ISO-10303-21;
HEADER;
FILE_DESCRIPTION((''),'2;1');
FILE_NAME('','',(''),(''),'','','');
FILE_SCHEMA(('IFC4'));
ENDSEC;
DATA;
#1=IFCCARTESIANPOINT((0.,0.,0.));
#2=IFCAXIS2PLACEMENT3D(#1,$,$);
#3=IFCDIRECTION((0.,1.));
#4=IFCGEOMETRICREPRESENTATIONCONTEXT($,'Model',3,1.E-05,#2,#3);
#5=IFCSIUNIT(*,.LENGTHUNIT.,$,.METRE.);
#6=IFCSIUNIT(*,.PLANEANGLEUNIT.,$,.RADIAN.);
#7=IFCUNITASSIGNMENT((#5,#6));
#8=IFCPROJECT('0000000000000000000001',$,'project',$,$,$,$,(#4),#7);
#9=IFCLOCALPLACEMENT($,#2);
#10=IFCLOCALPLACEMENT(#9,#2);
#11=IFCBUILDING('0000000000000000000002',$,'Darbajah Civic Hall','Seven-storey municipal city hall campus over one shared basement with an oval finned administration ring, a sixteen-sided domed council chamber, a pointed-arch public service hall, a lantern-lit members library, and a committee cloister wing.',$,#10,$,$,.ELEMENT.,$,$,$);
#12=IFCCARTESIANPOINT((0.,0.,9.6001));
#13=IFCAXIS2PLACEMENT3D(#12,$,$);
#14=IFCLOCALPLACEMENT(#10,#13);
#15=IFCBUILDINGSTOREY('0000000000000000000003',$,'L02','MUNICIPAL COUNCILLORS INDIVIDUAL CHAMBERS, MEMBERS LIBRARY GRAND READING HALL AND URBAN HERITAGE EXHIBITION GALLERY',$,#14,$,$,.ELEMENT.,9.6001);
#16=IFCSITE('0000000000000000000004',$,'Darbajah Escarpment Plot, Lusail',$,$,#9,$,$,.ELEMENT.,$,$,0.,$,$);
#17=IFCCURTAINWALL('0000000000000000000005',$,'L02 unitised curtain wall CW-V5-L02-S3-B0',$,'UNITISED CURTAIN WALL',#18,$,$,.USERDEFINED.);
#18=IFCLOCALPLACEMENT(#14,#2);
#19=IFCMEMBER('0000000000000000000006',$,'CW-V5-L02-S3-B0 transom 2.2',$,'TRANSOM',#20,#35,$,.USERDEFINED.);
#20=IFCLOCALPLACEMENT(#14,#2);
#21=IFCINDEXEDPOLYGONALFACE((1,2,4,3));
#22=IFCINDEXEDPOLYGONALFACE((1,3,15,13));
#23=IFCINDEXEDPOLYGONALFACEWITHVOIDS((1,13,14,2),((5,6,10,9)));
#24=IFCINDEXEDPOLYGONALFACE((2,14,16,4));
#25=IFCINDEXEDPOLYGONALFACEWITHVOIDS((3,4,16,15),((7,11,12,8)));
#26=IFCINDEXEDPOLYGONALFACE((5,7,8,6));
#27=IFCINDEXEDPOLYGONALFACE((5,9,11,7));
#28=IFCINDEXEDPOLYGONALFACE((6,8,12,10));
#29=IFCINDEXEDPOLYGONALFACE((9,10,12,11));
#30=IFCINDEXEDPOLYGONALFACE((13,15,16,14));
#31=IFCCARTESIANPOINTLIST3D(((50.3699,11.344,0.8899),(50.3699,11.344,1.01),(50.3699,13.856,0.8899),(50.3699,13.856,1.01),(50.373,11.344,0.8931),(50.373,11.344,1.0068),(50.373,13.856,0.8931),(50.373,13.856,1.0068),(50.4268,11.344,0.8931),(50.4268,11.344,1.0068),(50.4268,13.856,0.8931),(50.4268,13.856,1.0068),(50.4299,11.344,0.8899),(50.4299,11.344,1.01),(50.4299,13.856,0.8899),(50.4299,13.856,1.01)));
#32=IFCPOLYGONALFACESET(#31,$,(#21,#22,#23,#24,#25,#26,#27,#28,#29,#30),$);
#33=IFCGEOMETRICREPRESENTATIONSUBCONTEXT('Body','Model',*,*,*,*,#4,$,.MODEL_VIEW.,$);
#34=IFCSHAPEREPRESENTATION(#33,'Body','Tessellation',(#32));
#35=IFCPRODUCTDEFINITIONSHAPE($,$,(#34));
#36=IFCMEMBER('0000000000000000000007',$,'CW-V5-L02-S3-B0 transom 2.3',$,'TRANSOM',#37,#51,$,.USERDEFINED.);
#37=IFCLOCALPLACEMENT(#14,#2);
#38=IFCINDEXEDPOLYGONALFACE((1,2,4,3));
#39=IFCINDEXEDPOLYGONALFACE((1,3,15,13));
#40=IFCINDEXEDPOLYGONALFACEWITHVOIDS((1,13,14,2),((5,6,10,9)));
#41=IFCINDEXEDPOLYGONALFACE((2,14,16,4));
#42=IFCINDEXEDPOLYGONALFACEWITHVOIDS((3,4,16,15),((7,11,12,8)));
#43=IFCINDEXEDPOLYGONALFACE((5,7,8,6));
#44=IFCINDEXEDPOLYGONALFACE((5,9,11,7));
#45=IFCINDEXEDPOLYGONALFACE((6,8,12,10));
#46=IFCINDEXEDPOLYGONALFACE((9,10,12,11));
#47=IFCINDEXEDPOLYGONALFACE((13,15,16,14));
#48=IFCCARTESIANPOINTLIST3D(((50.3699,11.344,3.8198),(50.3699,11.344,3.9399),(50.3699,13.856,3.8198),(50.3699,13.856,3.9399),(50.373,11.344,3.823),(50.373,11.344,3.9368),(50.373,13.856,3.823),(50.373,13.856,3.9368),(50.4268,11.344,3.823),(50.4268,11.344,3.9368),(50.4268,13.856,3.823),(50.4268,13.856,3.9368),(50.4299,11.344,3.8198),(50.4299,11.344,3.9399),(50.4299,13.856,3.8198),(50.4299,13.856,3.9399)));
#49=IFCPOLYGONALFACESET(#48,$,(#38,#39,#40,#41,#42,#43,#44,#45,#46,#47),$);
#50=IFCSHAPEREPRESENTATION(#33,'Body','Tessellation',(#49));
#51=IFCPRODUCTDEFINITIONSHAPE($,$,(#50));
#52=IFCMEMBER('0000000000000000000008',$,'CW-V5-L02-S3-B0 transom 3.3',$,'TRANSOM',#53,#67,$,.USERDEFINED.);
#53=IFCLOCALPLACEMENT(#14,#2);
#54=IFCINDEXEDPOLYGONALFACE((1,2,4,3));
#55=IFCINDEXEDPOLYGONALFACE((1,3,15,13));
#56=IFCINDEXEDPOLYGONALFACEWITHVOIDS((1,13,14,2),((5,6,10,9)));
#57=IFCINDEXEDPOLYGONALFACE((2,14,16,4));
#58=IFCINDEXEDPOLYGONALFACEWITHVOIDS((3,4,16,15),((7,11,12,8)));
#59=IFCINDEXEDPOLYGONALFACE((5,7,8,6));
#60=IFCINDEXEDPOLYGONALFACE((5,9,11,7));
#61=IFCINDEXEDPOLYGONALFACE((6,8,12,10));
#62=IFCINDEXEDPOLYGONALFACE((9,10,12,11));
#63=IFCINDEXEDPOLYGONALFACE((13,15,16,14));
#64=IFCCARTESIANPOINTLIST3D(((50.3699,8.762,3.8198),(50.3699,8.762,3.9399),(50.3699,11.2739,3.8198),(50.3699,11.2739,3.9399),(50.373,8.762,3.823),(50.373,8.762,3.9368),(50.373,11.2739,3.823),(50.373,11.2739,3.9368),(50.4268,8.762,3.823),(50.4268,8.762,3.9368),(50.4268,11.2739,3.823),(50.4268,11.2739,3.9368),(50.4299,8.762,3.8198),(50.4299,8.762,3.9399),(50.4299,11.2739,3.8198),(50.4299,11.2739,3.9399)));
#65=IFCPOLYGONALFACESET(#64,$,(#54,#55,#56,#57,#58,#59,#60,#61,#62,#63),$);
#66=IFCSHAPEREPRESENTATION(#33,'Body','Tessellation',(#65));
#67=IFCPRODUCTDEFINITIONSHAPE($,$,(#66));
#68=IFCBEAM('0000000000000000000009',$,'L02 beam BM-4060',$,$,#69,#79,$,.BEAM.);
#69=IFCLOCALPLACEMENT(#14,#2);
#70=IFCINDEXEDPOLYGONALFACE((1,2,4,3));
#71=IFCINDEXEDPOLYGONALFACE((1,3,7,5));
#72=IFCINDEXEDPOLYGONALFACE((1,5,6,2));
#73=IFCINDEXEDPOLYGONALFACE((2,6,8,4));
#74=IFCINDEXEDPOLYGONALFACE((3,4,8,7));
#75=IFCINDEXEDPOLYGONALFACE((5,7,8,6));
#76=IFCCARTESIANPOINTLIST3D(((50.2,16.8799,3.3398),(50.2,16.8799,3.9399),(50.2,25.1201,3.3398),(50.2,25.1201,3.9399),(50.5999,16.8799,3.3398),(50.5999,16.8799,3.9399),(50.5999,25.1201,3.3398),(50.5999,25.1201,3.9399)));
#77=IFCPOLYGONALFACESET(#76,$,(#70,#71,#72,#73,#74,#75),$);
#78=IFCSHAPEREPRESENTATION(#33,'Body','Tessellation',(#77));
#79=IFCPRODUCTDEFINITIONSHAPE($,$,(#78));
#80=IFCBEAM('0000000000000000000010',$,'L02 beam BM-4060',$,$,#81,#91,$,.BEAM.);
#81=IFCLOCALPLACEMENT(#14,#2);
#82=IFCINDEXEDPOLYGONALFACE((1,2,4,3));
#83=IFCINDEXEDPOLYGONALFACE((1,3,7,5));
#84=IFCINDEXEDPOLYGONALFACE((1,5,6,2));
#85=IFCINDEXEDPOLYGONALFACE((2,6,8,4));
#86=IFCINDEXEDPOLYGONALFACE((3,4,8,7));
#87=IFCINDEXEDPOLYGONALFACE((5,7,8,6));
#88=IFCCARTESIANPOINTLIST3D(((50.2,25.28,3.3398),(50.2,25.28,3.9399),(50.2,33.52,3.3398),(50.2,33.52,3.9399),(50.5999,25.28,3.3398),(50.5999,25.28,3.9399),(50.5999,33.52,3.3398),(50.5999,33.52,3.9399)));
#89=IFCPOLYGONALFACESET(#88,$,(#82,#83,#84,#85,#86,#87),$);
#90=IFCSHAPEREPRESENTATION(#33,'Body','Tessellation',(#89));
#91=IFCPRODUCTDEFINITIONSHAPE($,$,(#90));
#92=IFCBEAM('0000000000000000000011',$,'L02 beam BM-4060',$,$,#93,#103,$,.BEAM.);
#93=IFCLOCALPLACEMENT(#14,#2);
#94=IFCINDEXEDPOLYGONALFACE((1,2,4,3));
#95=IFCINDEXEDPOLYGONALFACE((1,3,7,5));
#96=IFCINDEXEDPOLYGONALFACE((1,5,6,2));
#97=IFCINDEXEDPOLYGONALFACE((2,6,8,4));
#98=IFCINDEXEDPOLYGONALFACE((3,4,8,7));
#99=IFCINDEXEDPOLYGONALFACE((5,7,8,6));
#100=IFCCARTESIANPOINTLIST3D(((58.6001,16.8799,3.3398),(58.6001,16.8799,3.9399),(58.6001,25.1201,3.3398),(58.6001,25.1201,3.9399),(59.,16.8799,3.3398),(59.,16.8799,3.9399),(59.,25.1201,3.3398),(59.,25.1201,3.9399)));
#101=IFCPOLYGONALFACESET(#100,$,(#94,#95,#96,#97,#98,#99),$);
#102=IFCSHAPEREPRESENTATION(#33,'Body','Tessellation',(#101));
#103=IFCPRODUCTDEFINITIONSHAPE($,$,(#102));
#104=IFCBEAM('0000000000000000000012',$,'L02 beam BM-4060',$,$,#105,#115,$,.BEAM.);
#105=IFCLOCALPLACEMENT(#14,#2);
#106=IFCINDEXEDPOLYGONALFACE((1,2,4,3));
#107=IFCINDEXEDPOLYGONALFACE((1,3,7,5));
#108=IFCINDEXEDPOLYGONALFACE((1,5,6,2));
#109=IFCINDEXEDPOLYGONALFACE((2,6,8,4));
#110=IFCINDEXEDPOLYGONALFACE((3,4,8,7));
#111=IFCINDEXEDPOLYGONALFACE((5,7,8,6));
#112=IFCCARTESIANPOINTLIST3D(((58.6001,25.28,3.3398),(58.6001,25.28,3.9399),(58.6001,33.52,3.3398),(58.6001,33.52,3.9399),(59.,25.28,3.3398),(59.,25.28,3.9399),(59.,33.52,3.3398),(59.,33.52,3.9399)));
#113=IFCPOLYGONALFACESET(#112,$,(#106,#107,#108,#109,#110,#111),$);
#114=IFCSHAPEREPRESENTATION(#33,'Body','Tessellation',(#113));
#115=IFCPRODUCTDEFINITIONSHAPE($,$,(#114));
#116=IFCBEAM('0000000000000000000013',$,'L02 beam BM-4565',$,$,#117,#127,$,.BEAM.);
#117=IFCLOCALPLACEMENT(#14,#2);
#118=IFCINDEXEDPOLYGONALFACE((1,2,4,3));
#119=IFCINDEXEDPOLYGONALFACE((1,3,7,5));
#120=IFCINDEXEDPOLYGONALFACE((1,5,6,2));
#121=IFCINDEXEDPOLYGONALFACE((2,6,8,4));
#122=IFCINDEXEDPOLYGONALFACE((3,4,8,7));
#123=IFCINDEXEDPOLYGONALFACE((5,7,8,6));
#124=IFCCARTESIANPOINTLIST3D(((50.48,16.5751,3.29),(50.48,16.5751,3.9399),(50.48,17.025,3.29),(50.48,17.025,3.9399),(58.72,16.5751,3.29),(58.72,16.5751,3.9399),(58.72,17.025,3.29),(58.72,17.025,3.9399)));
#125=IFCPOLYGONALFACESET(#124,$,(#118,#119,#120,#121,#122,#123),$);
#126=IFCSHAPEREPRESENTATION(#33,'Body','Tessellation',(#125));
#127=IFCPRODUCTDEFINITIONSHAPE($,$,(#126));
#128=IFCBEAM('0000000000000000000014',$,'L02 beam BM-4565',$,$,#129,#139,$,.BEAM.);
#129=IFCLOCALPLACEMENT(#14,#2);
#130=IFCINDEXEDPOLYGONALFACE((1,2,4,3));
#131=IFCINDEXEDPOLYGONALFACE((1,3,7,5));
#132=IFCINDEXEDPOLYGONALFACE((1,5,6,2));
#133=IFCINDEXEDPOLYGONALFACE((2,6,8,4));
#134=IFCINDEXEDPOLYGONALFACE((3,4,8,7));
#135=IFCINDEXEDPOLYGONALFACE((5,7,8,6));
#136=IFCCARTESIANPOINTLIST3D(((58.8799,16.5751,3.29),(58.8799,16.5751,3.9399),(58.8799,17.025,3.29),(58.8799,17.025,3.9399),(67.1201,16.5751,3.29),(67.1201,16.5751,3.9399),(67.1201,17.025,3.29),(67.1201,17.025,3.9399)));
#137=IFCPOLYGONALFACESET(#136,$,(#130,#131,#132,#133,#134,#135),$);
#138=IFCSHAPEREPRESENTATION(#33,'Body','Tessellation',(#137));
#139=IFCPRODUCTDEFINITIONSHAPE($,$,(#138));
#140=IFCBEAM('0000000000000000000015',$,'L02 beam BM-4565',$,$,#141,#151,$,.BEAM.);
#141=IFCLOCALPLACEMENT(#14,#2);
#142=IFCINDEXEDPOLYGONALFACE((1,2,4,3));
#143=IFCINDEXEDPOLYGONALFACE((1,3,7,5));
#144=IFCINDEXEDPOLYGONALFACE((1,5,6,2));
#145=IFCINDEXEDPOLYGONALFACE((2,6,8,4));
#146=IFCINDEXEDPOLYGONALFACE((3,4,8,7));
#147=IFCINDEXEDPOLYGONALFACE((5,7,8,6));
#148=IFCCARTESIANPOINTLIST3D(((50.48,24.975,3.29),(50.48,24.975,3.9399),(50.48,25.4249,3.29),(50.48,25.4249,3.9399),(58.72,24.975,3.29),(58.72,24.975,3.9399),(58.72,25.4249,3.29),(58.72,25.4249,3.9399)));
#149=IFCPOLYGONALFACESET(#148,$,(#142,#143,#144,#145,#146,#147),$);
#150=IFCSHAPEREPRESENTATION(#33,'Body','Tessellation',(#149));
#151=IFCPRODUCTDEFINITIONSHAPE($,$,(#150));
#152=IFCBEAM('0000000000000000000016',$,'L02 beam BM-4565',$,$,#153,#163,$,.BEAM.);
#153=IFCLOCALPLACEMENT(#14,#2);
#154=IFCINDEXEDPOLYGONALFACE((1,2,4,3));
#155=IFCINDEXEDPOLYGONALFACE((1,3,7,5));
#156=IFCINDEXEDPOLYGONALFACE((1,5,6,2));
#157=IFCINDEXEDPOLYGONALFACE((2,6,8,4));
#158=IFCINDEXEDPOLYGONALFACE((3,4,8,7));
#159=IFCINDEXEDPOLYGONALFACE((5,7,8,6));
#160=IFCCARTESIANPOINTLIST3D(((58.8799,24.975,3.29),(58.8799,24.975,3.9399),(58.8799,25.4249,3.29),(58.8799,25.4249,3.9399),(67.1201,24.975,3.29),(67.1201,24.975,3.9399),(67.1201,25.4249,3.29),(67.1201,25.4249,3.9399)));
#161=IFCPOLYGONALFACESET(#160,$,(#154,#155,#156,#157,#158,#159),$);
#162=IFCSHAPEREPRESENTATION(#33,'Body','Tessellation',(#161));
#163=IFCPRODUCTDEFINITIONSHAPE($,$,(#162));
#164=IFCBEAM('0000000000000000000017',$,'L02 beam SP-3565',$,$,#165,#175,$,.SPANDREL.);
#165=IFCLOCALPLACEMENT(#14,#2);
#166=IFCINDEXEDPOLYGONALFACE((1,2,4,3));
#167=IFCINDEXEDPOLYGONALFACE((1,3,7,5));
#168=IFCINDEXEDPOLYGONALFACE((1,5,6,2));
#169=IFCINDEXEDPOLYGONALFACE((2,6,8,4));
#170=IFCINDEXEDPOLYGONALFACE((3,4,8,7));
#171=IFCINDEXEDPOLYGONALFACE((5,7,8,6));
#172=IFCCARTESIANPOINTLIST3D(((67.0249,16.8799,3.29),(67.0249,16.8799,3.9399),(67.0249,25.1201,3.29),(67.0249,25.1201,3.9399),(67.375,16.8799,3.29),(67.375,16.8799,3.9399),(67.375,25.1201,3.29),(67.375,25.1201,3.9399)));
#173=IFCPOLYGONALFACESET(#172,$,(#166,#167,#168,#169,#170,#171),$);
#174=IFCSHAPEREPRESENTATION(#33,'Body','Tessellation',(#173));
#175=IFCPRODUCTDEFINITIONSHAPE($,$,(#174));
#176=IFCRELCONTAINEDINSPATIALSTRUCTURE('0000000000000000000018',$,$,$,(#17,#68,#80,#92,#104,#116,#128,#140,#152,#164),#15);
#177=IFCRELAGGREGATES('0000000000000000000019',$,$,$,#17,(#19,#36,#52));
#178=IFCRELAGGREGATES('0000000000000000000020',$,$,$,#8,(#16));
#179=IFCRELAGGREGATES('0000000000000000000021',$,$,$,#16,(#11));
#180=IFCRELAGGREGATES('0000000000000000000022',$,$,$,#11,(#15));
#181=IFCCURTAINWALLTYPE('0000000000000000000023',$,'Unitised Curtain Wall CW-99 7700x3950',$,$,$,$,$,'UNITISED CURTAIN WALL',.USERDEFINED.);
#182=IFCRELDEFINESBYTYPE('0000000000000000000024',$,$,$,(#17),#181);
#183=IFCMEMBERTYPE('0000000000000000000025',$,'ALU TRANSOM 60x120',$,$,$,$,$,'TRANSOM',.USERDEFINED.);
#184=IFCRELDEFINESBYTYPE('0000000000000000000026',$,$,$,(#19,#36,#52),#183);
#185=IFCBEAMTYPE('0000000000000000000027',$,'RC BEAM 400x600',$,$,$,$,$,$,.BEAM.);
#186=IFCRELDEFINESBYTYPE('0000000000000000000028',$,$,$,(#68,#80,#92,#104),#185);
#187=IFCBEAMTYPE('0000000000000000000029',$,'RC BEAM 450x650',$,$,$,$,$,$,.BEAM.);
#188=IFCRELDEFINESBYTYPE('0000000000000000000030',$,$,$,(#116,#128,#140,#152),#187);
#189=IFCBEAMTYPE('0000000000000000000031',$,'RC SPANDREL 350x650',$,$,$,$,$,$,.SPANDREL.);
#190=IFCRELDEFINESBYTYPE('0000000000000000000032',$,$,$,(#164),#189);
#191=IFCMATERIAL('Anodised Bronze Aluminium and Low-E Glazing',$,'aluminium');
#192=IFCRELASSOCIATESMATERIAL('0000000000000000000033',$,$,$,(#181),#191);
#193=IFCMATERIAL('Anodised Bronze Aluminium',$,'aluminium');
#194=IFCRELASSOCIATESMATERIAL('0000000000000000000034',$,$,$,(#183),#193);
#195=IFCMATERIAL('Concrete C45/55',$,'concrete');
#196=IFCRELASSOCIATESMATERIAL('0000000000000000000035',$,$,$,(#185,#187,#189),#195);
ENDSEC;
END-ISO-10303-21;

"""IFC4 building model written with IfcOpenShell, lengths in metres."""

from ifc_helpers import new_model, si_unit, direction, frame, origin, origin_2d, place, context, subcontext, project, spatial, rectangle, hollow_rectangle, extrude, material, material_profile, profile_set, type_object, element, aggregate, save


model = new_model("IFC4")

# Units and contexts
model_context = context("Model", 3, precision=1e-05, world=origin(), true_north=direction((0.0, 1.0)))
body_context = subcontext(model_context, "Body", "Model", "MODEL_VIEW")
ifc_project = project(units=[si_unit("LENGTHUNIT", "METRE"), si_unit("PLANEANGLEUNIT", "RADIAN")], contexts=[model_context])

# Site, building, storey
site_placement = place(None, origin())
site = spatial("IfcSite", under=ifc_project, at=site_placement, Name="Darbajah Escarpment Plot, Lusail", CompositionType="ELEMENT", RefElevation=0.0)
building_placement = place(site_placement, origin())
building = spatial("IfcBuilding", under=site, at=building_placement, Name="Darbajah Civic Hall", Description="Seven-storey municipal city hall campus over one shared basement with an oval finned administration ring, a sixteen-sided domed council chamber, a pointed-arch public service hall, a lantern-lit members library, and a committee cloister wing.", CompositionType="ELEMENT")
storey_placement = place(building_placement, frame((0.0, 0.0, 9.6001)))
storey = spatial("IfcBuildingStorey", under=building, at=storey_placement, Name="L02", Description="MUNICIPAL COUNCILLORS INDIVIDUAL CHAMBERS, MEMBERS LIBRARY GRAND READING HALL AND URBAN HERITAGE EXHIBITION GALLERY", CompositionType="ELEMENT", Elevation=9.6001)

# Shared definitions
ifc_material_1 = material(Name="Concrete C45/55", Category="concrete")

# Curtain wall, members
ifc_material_2 = material(Name="Anodised Bronze Aluminium and Low-E Glazing", Category="aluminium")
curtain_wall_type = type_object("IfcCurtainWallType", Name="Unitised Curtain Wall CW-99 7700x3950", ElementType="UNITISED CURTAIN WALL", PredefinedType="USERDEFINED", material=ifc_material_2)
curtain_wall_placement = place(storey_placement, origin())
curtain_wall = element("IfcCurtainWall", 1, at=curtain_wall_placement, inside=storey, type_object=curtain_wall_type, Name="L02 unitised curtain wall CW-V5-L02-S3-B0", ObjectType="UNITISED CURTAIN WALL", PredefinedType="USERDEFINED")
ifc_material_3 = material(Name="Anodised Bronze Aluminium", Category="aluminium")
ifc_material_profile_1 = material_profile(ifc_material_3, hollow_rectangle(XDim=0.0601, YDim=0.1201, WallThickness=0.0032, at=origin_2d()), Name="ALU TRANSOM 60x120")
ifc_profile_set_1 = profile_set([ifc_material_profile_1], Name="Anodised Bronze Aluminium")
member_type_1 = type_object("IfcMemberType", Name="ALU TRANSOM 60x120", ElementType="TRANSOM", PredefinedType="USERDEFINED", material=ifc_profile_set_1)
member_1_placement = place(storey_placement, frame((50.3999, 13.856, 0.95), z_axis=(0.0, -1.0, 0.0), x_axis=(1.0, 0.0, 0.0)))
member_1 = element("IfcMember", 2, at=member_1_placement, type_object=member_type_1, Name="CW-V5-L02-S3-B0 transom 2.2", ObjectType="TRANSOM", PredefinedType="USERDEFINED", context=body_context, shape_type="SweptSolid", body=[
    extrude(hollow_rectangle(XDim=0.0601, YDim=0.1201, WallThickness=0.0032, at=origin_2d()), origin(), (0.0, 0.0, 1.0), 2.512),
])
member_2_placement = place(storey_placement, frame((50.3999, 13.856, 3.8799), z_axis=(0.0, -1.0, 0.0), x_axis=(1.0, 0.0, 0.0)))
member_2 = element("IfcMember", 3, at=member_2_placement, type_object=member_type_1, Name="CW-V5-L02-S3-B0 transom 2.3", ObjectType="TRANSOM", PredefinedType="USERDEFINED", context=body_context, shape_type="SweptSolid", body=[
    extrude(hollow_rectangle(XDim=0.0601, YDim=0.1201, WallThickness=0.0032, at=origin_2d()), origin(), (0.0, 0.0, 1.0), 2.512),
])
member_3_placement = place(storey_placement, frame((50.3999, 11.2739, 3.8799), z_axis=(0.0, -1.0, 0.0), x_axis=(1.0, 0.0, 0.0)))
member_3 = element("IfcMember", 4, at=member_3_placement, type_object=member_type_1, Name="CW-V5-L02-S3-B0 transom 3.3", ObjectType="TRANSOM", PredefinedType="USERDEFINED", context=body_context, shape_type="SweptSolid", body=[
    extrude(hollow_rectangle(XDim=0.0601, YDim=0.1201, WallThickness=0.0032, at=origin_2d()), origin(), (0.0, 0.0, 1.0), 2.512),
])

# Beams
ifc_material_profile_2 = material_profile(ifc_material_1, rectangle(XDim=0.3999, YDim=0.6001, at=origin_2d()), Name="RC BEAM 400x600")
ifc_profile_set_2 = profile_set([ifc_material_profile_2], Name="Concrete C45/55")
beam_type_1 = type_object("IfcBeamType", Name="RC BEAM 400x600", PredefinedType="BEAM", material=ifc_profile_set_2)
beam_1_placement = place(storey_placement, frame((50.3999, 16.8799, 3.6399), z_axis=(0.0, 1.0, 0.0), x_axis=(-1.0, 0.0, 0.0)))
element("IfcBeam", 5, at=beam_1_placement, inside=storey, type_object=beam_type_1, Name="L02 beam BM-4060", PredefinedType="BEAM", context=body_context, shape_type="SweptSolid", body=[
    extrude(rectangle(XDim=0.3999, YDim=0.6001, at=origin_2d()), origin(), (0.0, 0.0, 1.0), 8.2402),
])
beam_2_placement = place(storey_placement, frame((50.3999, 25.28, 3.6399), z_axis=(0.0, 1.0, 0.0), x_axis=(-1.0, 0.0, 0.0)))
element("IfcBeam", 6, at=beam_2_placement, inside=storey, type_object=beam_type_1, Name="L02 beam BM-4060", PredefinedType="BEAM", context=body_context, shape_type="SweptSolid", body=[
    extrude(rectangle(XDim=0.3999, YDim=0.6001, at=origin_2d()), origin(), (0.0, 0.0, 1.0), 8.24),
])
beam_3_placement = place(storey_placement, frame((58.8, 16.8799, 3.6399), z_axis=(0.0, 1.0, 0.0), x_axis=(-1.0, 0.0, 0.0)))
element("IfcBeam", 7, at=beam_3_placement, inside=storey, type_object=beam_type_1, Name="L02 beam BM-4060", PredefinedType="BEAM", context=body_context, shape_type="SweptSolid", body=[
    extrude(rectangle(XDim=0.3999, YDim=0.6001, at=origin_2d()), origin(), (0.0, 0.0, 1.0), 8.2402),
])
beam_4_placement = place(storey_placement, frame((58.8, 25.28, 3.6399), z_axis=(0.0, 1.0, 0.0), x_axis=(-1.0, 0.0, 0.0)))
element("IfcBeam", 8, at=beam_4_placement, inside=storey, type_object=beam_type_1, Name="L02 beam BM-4060", PredefinedType="BEAM", context=body_context, shape_type="SweptSolid", body=[
    extrude(rectangle(XDim=0.3999, YDim=0.6001, at=origin_2d()), origin(), (0.0, 0.0, 1.0), 8.24),
])
ifc_material_profile_3 = material_profile(ifc_material_1, rectangle(XDim=0.45, YDim=0.6499, at=origin_2d()), Name="RC BEAM 450x650")
ifc_profile_set_3 = profile_set([ifc_material_profile_3], Name="Concrete C45/55")
beam_type_2 = type_object("IfcBeamType", Name="RC BEAM 450x650", PredefinedType="BEAM", material=ifc_profile_set_3)
beam_5_placement = place(storey_placement, frame((50.48, 16.8, 3.615), z_axis=(1.0, 0.0, 0.0), x_axis=(0.0, 1.0, 0.0)))
element("IfcBeam", 9, at=beam_5_placement, inside=storey, type_object=beam_type_2, Name="L02 beam BM-4565", PredefinedType="BEAM", context=body_context, shape_type="SweptSolid", body=[
    extrude(rectangle(XDim=0.45, YDim=0.6499, at=origin_2d()), origin(), (0.0, 0.0, 1.0), 8.24),
])
beam_6_placement = place(storey_placement, frame((58.8799, 16.8, 3.615), z_axis=(1.0, 0.0, 0.0), x_axis=(0.0, 1.0, 0.0)))
element("IfcBeam", 10, at=beam_6_placement, inside=storey, type_object=beam_type_2, Name="L02 beam BM-4565", PredefinedType="BEAM", context=body_context, shape_type="SweptSolid", body=[
    extrude(rectangle(XDim=0.45, YDim=0.6499, at=origin_2d()), origin(), (0.0, 0.0, 1.0), 8.2402),
])
beam_7_placement = place(storey_placement, frame((50.48, 25.2, 3.615), z_axis=(1.0, 0.0, 0.0), x_axis=(0.0, 1.0, 0.0)))
element("IfcBeam", 11, at=beam_7_placement, inside=storey, type_object=beam_type_2, Name="L02 beam BM-4565", PredefinedType="BEAM", context=body_context, shape_type="SweptSolid", body=[
    extrude(rectangle(XDim=0.45, YDim=0.6499, at=origin_2d()), origin(), (0.0, 0.0, 1.0), 8.24),
])
beam_8_placement = place(storey_placement, frame((58.8799, 25.2, 3.615), z_axis=(1.0, 0.0, 0.0), x_axis=(0.0, 1.0, 0.0)))
element("IfcBeam", 12, at=beam_8_placement, inside=storey, type_object=beam_type_2, Name="L02 beam BM-4565", PredefinedType="BEAM", context=body_context, shape_type="SweptSolid", body=[
    extrude(rectangle(XDim=0.45, YDim=0.6499, at=origin_2d()), origin(), (0.0, 0.0, 1.0), 8.2402),
])
ifc_material_profile_4 = material_profile(ifc_material_1, rectangle(XDim=0.3501, YDim=0.6499, at=origin_2d()), Name="RC SPANDREL 350x650")
ifc_profile_set_4 = profile_set([ifc_material_profile_4], Name="Concrete C45/55")
beam_type_3 = type_object("IfcBeamType", Name="RC SPANDREL 350x650", PredefinedType="SPANDREL", material=ifc_profile_set_4)
beam_9_placement = place(storey_placement, frame((67.2, 16.8799, 3.615), z_axis=(0.0, 1.0, 0.0), x_axis=(-1.0, 0.0, 0.0)))
element("IfcBeam", 13, at=beam_9_placement, inside=storey, type_object=beam_type_3, Name="L02 beam SP-3565", PredefinedType="SPANDREL", context=body_context, shape_type="SweptSolid", body=[
    extrude(rectangle(XDim=0.3501, YDim=0.6499, at=origin_2d()), origin(), (0.0, 0.0, 1.0), 8.2402),
])

aggregate(curtain_wall, [member_1, member_2, member_3])

save(model, "model.ifc")
